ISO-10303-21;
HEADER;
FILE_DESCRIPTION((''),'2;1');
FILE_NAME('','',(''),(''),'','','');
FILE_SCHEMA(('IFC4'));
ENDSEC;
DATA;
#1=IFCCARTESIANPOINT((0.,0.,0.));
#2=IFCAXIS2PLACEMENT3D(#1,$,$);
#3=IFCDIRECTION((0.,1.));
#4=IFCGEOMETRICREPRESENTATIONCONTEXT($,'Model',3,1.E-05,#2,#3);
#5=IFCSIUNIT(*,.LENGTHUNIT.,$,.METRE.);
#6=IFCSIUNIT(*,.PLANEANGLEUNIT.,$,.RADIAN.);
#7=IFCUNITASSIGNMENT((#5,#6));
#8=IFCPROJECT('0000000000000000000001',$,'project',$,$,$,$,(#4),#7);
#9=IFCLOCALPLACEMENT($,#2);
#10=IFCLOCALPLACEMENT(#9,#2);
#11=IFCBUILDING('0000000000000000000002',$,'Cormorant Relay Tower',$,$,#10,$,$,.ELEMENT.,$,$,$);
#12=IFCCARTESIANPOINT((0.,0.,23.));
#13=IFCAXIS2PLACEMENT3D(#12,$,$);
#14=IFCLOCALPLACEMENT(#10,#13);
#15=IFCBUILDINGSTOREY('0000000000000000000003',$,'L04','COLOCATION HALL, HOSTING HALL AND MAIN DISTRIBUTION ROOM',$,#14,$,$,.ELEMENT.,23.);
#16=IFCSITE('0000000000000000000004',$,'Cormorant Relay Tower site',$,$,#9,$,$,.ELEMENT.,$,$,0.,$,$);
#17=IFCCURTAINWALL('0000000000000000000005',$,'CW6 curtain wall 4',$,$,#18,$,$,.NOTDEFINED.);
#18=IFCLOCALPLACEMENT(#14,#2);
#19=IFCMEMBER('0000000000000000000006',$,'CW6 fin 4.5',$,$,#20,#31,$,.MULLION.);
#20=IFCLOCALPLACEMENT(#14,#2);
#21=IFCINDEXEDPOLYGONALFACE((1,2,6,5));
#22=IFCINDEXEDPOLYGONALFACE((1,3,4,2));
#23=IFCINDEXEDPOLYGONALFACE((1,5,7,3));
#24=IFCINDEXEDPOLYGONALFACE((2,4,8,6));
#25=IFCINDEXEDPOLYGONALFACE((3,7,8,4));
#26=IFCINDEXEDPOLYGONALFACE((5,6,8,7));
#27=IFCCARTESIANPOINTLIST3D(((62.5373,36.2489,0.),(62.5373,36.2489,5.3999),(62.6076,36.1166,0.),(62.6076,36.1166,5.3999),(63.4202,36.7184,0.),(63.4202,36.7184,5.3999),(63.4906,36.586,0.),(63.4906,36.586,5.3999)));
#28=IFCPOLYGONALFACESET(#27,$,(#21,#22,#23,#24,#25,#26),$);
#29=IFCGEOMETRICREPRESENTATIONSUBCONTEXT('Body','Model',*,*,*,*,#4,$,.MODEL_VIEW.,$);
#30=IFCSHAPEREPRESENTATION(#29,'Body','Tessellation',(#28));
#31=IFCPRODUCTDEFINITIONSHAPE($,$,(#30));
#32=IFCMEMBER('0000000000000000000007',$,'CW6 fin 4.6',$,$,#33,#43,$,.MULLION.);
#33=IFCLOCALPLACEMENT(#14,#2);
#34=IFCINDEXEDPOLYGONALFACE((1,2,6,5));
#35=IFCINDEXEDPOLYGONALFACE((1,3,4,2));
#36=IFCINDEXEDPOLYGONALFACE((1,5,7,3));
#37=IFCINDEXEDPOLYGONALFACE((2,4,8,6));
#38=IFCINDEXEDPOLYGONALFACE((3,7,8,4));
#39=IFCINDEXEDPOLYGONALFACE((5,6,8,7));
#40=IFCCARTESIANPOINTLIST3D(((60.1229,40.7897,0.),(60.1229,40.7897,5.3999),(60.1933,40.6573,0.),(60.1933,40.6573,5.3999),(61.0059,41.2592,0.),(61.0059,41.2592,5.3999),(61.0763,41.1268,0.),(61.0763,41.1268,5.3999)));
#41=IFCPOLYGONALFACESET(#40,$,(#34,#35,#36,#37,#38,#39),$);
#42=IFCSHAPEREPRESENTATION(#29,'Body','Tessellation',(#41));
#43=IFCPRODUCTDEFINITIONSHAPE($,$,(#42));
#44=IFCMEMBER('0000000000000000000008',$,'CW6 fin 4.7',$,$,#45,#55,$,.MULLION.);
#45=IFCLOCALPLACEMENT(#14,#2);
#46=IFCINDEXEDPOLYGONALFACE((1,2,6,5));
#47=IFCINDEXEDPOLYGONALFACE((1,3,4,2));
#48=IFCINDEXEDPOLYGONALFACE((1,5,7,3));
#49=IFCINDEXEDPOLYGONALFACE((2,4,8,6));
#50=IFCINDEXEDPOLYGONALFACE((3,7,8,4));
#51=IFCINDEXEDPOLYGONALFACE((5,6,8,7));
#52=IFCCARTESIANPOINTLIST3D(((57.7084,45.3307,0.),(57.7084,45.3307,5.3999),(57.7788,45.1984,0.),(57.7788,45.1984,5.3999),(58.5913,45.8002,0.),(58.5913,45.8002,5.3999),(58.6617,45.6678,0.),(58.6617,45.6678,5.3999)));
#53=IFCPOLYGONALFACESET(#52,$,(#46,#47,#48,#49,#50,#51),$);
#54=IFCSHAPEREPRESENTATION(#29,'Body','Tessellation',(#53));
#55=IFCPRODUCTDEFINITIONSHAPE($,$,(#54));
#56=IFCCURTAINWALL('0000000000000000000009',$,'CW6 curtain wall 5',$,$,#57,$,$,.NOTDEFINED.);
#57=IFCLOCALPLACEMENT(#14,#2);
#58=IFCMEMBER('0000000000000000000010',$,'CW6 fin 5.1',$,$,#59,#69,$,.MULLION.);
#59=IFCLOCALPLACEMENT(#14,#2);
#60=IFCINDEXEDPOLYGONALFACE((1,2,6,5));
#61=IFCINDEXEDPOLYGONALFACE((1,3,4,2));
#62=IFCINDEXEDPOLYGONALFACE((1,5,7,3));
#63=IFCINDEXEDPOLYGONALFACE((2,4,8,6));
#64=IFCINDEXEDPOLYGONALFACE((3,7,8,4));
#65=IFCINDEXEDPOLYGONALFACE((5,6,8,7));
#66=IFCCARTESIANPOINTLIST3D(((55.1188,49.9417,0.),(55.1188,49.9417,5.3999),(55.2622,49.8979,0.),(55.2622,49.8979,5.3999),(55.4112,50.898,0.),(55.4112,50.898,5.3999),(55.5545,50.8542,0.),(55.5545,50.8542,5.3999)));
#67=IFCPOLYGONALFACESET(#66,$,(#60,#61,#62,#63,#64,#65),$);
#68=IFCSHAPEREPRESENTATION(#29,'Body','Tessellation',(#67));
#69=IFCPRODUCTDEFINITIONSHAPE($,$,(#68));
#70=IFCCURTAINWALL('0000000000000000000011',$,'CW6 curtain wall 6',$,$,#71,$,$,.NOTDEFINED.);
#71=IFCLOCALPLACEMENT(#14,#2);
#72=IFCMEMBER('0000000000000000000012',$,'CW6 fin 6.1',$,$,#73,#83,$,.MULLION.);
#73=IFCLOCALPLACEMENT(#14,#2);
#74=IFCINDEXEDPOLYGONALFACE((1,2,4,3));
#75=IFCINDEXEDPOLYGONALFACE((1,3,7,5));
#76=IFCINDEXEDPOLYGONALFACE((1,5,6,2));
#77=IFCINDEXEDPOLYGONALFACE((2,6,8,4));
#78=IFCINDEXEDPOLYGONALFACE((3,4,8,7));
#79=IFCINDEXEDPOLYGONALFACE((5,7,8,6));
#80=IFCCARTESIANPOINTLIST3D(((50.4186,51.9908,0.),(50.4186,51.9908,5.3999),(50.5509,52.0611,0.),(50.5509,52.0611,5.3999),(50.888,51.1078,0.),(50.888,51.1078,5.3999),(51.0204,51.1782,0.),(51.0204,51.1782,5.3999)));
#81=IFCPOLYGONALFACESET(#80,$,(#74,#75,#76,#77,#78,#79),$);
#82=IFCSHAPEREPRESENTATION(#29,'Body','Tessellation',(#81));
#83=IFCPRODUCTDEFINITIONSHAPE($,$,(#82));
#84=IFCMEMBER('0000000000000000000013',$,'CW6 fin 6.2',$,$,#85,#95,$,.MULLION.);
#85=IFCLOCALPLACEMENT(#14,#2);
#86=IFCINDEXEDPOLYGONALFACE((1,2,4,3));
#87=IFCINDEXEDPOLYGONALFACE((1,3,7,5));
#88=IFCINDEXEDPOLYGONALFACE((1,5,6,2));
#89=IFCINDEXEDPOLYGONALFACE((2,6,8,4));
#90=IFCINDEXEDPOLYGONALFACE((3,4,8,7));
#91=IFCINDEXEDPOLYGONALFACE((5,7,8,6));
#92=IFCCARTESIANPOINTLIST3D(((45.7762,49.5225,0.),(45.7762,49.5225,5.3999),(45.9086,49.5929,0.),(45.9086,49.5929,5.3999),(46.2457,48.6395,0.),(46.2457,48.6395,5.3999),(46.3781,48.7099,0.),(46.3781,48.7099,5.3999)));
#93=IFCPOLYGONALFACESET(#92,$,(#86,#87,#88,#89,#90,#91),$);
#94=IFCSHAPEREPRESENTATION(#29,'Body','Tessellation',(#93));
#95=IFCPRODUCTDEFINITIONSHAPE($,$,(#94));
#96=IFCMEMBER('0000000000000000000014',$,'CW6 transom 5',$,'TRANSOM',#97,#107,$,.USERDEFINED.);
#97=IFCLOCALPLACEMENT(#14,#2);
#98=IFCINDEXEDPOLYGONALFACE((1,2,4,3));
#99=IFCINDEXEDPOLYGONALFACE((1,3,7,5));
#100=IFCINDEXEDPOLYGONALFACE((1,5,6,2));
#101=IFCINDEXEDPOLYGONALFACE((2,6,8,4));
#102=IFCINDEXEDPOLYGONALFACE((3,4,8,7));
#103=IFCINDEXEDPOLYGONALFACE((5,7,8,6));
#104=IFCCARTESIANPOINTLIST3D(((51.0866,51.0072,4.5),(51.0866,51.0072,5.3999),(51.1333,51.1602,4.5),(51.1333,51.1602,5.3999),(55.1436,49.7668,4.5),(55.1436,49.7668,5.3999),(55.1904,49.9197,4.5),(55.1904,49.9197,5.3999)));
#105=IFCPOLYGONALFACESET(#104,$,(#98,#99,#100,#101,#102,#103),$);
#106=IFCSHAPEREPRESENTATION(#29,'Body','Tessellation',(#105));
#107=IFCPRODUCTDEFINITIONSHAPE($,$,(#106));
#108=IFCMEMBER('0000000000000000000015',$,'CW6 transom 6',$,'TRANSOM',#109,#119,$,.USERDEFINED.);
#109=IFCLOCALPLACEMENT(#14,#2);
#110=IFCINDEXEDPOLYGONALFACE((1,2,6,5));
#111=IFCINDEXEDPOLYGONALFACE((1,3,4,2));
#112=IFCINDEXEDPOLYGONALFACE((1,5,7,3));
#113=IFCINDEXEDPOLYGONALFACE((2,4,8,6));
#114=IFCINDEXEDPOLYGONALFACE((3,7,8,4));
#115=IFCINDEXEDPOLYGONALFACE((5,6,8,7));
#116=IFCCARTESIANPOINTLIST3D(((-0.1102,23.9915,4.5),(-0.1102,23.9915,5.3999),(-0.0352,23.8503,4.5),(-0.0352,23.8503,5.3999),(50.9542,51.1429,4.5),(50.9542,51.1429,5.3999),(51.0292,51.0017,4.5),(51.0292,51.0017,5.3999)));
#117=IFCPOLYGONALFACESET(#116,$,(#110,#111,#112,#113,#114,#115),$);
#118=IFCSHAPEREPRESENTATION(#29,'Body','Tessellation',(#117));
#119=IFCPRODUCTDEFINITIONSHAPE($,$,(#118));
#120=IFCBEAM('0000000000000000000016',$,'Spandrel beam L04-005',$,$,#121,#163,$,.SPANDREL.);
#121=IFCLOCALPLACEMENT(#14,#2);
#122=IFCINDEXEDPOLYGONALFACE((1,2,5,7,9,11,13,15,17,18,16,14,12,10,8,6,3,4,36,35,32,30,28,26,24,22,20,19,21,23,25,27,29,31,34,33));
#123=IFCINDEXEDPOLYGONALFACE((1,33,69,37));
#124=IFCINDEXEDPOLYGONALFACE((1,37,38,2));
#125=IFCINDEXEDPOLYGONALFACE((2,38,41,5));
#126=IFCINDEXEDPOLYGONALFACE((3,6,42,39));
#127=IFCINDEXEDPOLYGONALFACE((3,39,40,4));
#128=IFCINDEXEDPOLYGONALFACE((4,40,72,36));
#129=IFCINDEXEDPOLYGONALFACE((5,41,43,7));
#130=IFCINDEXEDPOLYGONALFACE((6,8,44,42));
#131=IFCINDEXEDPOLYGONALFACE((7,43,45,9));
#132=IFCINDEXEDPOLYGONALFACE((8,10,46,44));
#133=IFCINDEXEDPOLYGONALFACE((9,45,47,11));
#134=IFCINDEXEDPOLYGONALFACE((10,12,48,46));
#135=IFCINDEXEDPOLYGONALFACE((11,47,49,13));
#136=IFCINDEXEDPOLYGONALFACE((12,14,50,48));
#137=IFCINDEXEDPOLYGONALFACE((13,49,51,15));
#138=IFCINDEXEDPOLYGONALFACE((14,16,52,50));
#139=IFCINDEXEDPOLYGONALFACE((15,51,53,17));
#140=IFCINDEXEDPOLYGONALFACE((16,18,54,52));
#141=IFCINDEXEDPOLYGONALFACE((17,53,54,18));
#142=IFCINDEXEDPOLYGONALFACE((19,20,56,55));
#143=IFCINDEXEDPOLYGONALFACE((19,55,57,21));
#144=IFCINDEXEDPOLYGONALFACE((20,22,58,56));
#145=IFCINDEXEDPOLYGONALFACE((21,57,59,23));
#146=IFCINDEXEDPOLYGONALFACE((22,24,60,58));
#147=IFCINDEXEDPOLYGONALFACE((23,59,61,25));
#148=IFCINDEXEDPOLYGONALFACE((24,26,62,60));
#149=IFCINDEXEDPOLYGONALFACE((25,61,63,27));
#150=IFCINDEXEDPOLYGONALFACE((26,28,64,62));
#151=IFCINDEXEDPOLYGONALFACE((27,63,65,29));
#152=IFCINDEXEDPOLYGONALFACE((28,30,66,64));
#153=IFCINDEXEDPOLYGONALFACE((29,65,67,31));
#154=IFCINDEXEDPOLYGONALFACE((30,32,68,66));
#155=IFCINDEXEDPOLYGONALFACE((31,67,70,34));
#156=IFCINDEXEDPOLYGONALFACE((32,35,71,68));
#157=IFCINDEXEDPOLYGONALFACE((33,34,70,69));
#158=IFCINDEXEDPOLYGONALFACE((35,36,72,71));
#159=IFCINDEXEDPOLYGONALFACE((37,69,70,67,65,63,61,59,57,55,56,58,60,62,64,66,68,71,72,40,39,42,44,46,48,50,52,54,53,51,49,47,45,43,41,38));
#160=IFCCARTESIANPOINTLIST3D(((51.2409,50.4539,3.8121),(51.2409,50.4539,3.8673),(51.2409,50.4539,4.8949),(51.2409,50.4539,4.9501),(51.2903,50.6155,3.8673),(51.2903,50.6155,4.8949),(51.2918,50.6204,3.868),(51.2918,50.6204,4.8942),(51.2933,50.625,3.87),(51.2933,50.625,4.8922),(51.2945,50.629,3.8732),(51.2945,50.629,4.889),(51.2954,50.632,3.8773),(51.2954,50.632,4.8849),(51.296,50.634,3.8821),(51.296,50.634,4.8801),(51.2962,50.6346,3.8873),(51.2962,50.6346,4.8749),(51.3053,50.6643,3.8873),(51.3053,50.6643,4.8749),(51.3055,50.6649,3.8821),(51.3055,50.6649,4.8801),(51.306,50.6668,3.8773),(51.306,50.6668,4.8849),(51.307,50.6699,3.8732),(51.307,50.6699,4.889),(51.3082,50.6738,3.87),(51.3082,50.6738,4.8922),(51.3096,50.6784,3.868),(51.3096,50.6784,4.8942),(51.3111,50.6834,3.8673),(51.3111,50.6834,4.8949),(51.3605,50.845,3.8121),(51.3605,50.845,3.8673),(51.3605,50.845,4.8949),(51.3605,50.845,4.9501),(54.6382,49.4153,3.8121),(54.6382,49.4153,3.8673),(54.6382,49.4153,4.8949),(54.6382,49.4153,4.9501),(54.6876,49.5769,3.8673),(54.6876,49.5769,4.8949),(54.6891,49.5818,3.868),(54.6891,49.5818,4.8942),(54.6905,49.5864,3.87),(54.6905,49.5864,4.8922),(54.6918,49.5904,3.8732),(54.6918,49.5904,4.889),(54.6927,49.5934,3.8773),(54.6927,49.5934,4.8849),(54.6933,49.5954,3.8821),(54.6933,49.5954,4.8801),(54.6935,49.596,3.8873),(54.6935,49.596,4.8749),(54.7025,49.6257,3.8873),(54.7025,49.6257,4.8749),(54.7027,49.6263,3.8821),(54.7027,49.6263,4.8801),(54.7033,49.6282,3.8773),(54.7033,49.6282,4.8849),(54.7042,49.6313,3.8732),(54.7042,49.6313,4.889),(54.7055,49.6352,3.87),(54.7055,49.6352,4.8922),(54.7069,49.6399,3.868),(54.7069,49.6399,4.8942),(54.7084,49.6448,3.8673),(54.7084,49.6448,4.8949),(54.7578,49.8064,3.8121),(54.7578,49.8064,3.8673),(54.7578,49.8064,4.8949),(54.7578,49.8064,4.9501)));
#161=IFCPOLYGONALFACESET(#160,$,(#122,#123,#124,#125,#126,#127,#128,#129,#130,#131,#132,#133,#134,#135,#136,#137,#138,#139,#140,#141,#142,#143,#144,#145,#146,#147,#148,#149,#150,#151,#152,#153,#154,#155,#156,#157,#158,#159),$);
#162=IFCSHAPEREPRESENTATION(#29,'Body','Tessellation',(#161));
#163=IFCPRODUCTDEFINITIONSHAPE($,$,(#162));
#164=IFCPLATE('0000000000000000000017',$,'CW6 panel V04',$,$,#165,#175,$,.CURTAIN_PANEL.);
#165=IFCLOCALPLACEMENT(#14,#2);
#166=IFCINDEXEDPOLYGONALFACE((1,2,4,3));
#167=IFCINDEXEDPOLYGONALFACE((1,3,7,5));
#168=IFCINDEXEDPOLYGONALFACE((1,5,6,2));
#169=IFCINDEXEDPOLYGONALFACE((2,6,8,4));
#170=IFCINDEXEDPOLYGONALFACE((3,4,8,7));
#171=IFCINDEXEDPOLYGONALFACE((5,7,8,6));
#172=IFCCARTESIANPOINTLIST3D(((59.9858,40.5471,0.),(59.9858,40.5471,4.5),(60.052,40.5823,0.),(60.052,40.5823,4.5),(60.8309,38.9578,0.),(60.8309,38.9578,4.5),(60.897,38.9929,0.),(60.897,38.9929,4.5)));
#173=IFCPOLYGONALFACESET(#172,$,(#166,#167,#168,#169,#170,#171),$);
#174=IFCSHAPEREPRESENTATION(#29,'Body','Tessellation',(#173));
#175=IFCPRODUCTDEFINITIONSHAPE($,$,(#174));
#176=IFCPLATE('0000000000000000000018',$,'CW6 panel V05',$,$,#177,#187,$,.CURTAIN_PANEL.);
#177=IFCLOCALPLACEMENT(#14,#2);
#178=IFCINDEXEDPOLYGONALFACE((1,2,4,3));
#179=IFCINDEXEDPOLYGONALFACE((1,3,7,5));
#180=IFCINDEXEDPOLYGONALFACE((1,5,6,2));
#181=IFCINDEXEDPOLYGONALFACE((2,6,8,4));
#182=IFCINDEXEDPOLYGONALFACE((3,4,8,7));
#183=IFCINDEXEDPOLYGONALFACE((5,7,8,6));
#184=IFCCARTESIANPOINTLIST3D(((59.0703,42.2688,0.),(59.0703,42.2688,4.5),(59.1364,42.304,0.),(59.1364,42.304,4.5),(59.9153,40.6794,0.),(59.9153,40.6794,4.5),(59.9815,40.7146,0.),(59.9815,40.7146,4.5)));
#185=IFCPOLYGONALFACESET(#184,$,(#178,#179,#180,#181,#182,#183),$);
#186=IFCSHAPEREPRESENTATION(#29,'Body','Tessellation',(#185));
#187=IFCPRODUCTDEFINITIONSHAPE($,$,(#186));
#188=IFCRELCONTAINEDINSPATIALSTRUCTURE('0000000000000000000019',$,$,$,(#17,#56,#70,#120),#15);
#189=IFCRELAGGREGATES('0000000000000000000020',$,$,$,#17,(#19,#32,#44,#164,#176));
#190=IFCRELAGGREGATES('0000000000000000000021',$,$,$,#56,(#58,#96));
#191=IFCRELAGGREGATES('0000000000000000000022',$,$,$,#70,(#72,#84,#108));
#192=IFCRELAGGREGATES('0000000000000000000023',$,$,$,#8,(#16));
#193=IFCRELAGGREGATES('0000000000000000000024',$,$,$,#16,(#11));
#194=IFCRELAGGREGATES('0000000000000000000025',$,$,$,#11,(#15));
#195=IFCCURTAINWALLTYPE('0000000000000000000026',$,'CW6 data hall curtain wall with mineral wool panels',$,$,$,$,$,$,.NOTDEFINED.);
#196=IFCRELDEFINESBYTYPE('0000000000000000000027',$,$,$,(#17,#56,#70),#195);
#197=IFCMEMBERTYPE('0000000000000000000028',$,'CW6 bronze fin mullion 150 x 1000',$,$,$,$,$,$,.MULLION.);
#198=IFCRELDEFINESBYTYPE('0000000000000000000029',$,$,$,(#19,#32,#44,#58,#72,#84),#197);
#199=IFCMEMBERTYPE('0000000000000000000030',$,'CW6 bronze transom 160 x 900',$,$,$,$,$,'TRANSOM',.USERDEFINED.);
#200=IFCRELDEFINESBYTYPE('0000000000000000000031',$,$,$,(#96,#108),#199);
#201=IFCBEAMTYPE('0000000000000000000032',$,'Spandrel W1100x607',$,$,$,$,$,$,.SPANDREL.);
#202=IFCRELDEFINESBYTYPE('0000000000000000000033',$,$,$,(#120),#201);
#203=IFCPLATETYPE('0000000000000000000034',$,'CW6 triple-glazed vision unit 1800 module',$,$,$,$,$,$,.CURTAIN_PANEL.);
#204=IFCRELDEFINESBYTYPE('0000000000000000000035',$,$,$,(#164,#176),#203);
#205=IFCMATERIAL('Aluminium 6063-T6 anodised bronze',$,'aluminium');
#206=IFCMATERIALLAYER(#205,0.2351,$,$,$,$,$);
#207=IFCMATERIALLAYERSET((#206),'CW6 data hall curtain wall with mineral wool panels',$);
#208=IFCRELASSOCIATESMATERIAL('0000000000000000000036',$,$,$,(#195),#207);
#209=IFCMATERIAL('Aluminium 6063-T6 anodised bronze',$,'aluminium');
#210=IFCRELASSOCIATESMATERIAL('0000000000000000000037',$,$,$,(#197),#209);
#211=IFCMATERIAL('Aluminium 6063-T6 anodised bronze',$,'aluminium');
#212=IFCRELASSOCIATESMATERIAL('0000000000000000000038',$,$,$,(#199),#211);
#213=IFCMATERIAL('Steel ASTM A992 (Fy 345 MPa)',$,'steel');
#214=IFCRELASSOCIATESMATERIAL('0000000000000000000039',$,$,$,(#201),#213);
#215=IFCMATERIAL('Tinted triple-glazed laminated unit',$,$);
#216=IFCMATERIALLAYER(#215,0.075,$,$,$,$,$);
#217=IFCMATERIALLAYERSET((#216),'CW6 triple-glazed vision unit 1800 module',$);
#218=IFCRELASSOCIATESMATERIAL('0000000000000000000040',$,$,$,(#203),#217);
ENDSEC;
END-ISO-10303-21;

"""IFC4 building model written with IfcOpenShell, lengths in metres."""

from ifc_helpers import new_model, si_unit, direction, frame, origin, origin_2d, place, context, subcontext, project, spatial, rectangle, i_section, extrude, material, layer, layer_set, material_profile, profile_set, type_object, element, aggregate, save


model = new_model("IFC4")

# Units and contexts
model_context = context("Model", 3, precision=1e-05, world=origin(), true_north=direction((0.0, 1.0)))
body_context = subcontext(model_context, "Body", "Model", "MODEL_VIEW")
ifc_project = project(units=[si_unit("LENGTHUNIT", "METRE"), si_unit("PLANEANGLEUNIT", "RADIAN")], contexts=[model_context])

# Site, building, storey
site_placement = place(None, origin())
site = spatial("IfcSite", under=ifc_project, at=site_placement, Name="Cormorant Relay Tower site", CompositionType="ELEMENT", RefElevation=0.0)
building_placement = place(site_placement, origin())
building = spatial("IfcBuilding", under=site, at=building_placement, Name="Cormorant Relay Tower", CompositionType="ELEMENT")
storey_placement = place(building_placement, frame((0.0, 0.0, 23.0)))
storey = spatial("IfcBuildingStorey", under=building, at=storey_placement, Name="L04", Description="COLOCATION HALL, HOSTING HALL AND MAIN DISTRIBUTION ROOM", CompositionType="ELEMENT", Elevation=23.0)

# Curtain wall, members
ifc_material_1 = material(Name="Aluminium 6063-T6 anodised bronze", Category="aluminium")
ifc_layer_1 = layer(ifc_material_1, 0.2351)
ifc_layer_set_1 = layer_set([ifc_layer_1], Name="CW6 data hall curtain wall with mineral wool panels")
curtain_wall_type = type_object("IfcCurtainWallType", Name="CW6 data hall curtain wall with mineral wool panels", PredefinedType="NOTDEFINED", material=ifc_layer_set_1)
curtain_wall_1_placement = place(storey_placement, origin())
curtain_wall_1 = element("IfcCurtainWall", 1, at=curtain_wall_1_placement, inside=storey, type_object=curtain_wall_type, Name="CW6 curtain wall 4", PredefinedType="NOTDEFINED")
ifc_material_2 = material(Name="Aluminium 6063-T6 anodised bronze", Category="aluminium")
ifc_material_profile_1 = material_profile(ifc_material_2, rectangle(XDim=0.1499, YDim=1.0, at=origin_2d()), Name="AL 150x1000")
ifc_profile_set_1 = profile_set([ifc_material_profile_1], Name="Aluminium 6063-T6 anodised bronze")
member_type_1 = type_object("IfcMemberType", Name="CW6 bronze fin mullion 150 x 1000", PredefinedType="MULLION", material=ifc_profile_set_1)
member_1_placement = place(storey_placement, frame((63.0139, 36.4175, 0.0), z_axis=(0.0, 0.0, 1.0), x_axis=(-0.469472, 0.882948, 0.0)))
member_1 = element("IfcMember", 2, at=member_1_placement, type_object=member_type_1, Name="CW6 fin 4.5", PredefinedType="MULLION", context=body_context, shape_type="SweptSolid", body=[
    extrude(rectangle(XDim=0.1499, YDim=1.0, at=origin_2d()), origin(), (0.0, 0.0, 1.0), 5.3999),
])
member_2_placement = place(storey_placement, frame((60.5996, 40.9583, 0.0), z_axis=(0.0, 0.0, 1.0), x_axis=(-0.469472, 0.882948, 0.0)))
member_2 = element("IfcMember", 3, at=member_2_placement, type_object=member_type_1, Name="CW6 fin 4.6", PredefinedType="MULLION", context=body_context, shape_type="SweptSolid", body=[
    extrude(rectangle(XDim=0.1499, YDim=1.0, at=origin_2d()), origin(), (0.0, 0.0, 1.0), 5.3999),
])
member_3_placement = place(storey_placement, frame((58.1851, 45.4993, 0.0), z_axis=(0.0, 0.0, 1.0), x_axis=(-0.469472, 0.882948, 0.0)))
member_3 = element("IfcMember", 4, at=member_3_placement, type_object=member_type_1, Name="CW6 fin 4.7", PredefinedType="MULLION", context=body_context, shape_type="SweptSolid", body=[
    extrude(rectangle(XDim=0.1499, YDim=1.0, at=origin_2d()), origin(), (0.0, 0.0, 1.0), 5.3999),
])

# Curtain wall, member
curtain_wall_2_placement = place(storey_placement, origin())
curtain_wall_2 = element("IfcCurtainWall", 5, at=curtain_wall_2_placement, inside=storey, type_object=curtain_wall_type, Name="CW6 curtain wall 5", PredefinedType="NOTDEFINED")
member_4_placement = place(storey_placement, frame((55.3367, 50.3979, 0.0), z_axis=(0.0, 0.0, 1.0), x_axis=(-0.956305, 0.292372, 0.0)))
member_4 = element("IfcMember", 6, at=member_4_placement, type_object=member_type_1, Name="CW6 fin 5.1", PredefinedType="MULLION", context=body_context, shape_type="SweptSolid", body=[
    extrude(rectangle(XDim=0.1499, YDim=1.0, at=origin_2d()), origin(), (0.0, 0.0, 1.0), 5.3999),
])

# Curtain wall, members
curtain_wall_3_placement = place(storey_placement, origin())
curtain_wall_3 = element("IfcCurtainWall", 7, at=curtain_wall_3_placement, inside=storey, type_object=curtain_wall_type, Name="CW6 curtain wall 6", PredefinedType="NOTDEFINED")
member_5_placement = place(storey_placement, frame((50.7195, 51.5845, 0.0), z_axis=(0.0, 0.0, 1.0), x_axis=(-0.882948, -0.469472, 0.0)))
member_5 = element("IfcMember", 8, at=member_5_placement, type_object=member_type_1, Name="CW6 fin 6.1", PredefinedType="MULLION", context=body_context, shape_type="SweptSolid", body=[
    extrude(rectangle(XDim=0.1499, YDim=1.0, at=origin_2d()), origin(), (0.0, 0.0, 1.0), 5.3999),
])
member_6_placement = place(storey_placement, frame((46.0771, 49.1162, 0.0), z_axis=(0.0, 0.0, 1.0), x_axis=(-0.882948, -0.469472, 0.0)))
member_6 = element("IfcMember", 9, at=member_6_placement, type_object=member_type_1, Name="CW6 fin 6.2", PredefinedType="MULLION", context=body_context, shape_type="SweptSolid", body=[
    extrude(rectangle(XDim=0.1499, YDim=1.0, at=origin_2d()), origin(), (0.0, 0.0, 1.0), 5.3999),
])

# Members
ifc_material_3 = material(Name="Aluminium 6063-T6 anodised bronze", Category="aluminium")
ifc_material_profile_2 = material_profile(ifc_material_3, rectangle(XDim=0.1599, YDim=0.8999, at=origin_2d()), Name="AL 160x900")
ifc_profile_set_2 = profile_set([ifc_material_profile_2], Name="Aluminium 6063-T6 anodised bronze")
member_type_2 = type_object("IfcMemberType", Name="CW6 bronze transom 160 x 900", ElementType="TRANSOM", PredefinedType="USERDEFINED", material=ifc_profile_set_2)
member_7_placement = place(storey_placement, frame((55.167, 49.8433, 4.95), z_axis=(-0.956299, 0.292391, 0.0), x_axis=(-0.292391, -0.956299, 0.0)))
member_7 = element("IfcMember", 10, at=member_7_placement, type_object=member_type_2, Name="CW6 transom 5", ObjectType="TRANSOM", PredefinedType="USERDEFINED", context=body_context, shape_type="SweptSolid", body=[
    extrude(rectangle(XDim=0.1599, YDim=0.8999, at=origin_2d()), origin(), (0.0, 0.0, 1.0), 4.2424),
])
member_8_placement = place(storey_placement, frame((50.9917, 51.0723, 4.95), z_axis=(-0.882948, -0.46947, 0.0), x_axis=(0.46947, -0.882948, 0.0)))
member_8 = element("IfcMember", 11, at=member_8_placement, type_object=member_type_2, Name="CW6 transom 6", ObjectType="TRANSOM", PredefinedType="USERDEFINED", context=body_context, shape_type="SweptSolid", body=[
    extrude(rectangle(XDim=0.1599, YDim=0.8999, at=origin_2d()), origin(), (0.0, 0.0, 1.0), 57.834),
])

# Beam
ifc_material_4 = material(Name="Steel ASTM A992 (Fy 345 MPa)", Category="steel")
ifc_material_profile_3 = material_profile(ifc_material_4, i_section(OverallWidth=0.4089, OverallDepth=1.1379, WebThickness=0.031, FlangeThickness=0.0552, FilletRadius=0.02, at=origin_2d()), Name="W1100x607")
ifc_profile_set_3 = profile_set([ifc_material_profile_3], Name="Steel ASTM A992 (Fy 345 MPa)")
beam_type = type_object("IfcBeamType", Name="Spandrel W1100x607", PredefinedType="SPANDREL", material=ifc_profile_set_3)
beam_placement = place(storey_placement, frame((54.698, 49.6108, 4.3811), z_axis=(-0.956309, 0.292356, 0.0), x_axis=(-0.292356, -0.956309, 0.0)))
element("IfcBeam", 12, at=beam_placement, inside=storey, type_object=beam_type, Name="Spandrel beam L04-005", PredefinedType="SPANDREL", context=body_context, shape_type="SweptSolid", body=[
    extrude(i_section(OverallWidth=0.4089, OverallDepth=1.1379, WebThickness=0.031, FlangeThickness=0.0552, FilletRadius=0.02, at=origin_2d()), origin(), (0.0, 0.0, 1.0), 3.5525),
])

# Plates
ifc_material_5 = material(Name="Tinted triple-glazed laminated unit")
ifc_layer_2 = layer(ifc_material_5, 0.075)
ifc_layer_set_2 = layer_set([ifc_layer_2], Name="CW6 triple-glazed vision unit 1800 module")
plate_type = type_object("IfcPlateType", Name="CW6 triple-glazed vision unit 1800 module", PredefinedType="CURTAIN_PANEL", material=ifc_layer_set_2)
plate_1_placement = place(storey_placement, frame((60.4414, 39.77, 0.0), z_axis=(0.0, 0.0, 1.0), x_axis=(-0.469472, 0.882948, 0.0)))
plate_1 = element("IfcPlate", 13, at=plate_1_placement, type_object=plate_type, Name="CW6 panel V04", PredefinedType="CURTAIN_PANEL", context=body_context, shape_type="SweptSolid", body=[
    extrude(rectangle(XDim=1.8, YDim=0.075, at=origin_2d()), origin(), (0.0, 0.0, 1.0), 4.5),
])
plate_2_placement = place(storey_placement, frame((59.5259, 41.4917, 0.0), z_axis=(0.0, 0.0, 1.0), x_axis=(-0.469472, 0.882948, 0.0)))
plate_2 = element("IfcPlate", 14, at=plate_2_placement, type_object=plate_type, Name="CW6 panel V05", PredefinedType="CURTAIN_PANEL", context=body_context, shape_type="SweptSolid", body=[
    extrude(rectangle(XDim=1.8, YDim=0.075, at=origin_2d()), origin(), (0.0, 0.0, 1.0), 4.5),
])

aggregate(curtain_wall_1, [member_1, member_2, member_3, plate_1, plate_2])
aggregate(curtain_wall_2, [member_4, member_7])
aggregate(curtain_wall_3, [member_5, member_6, member_8])

save(model, "model.ifc")
